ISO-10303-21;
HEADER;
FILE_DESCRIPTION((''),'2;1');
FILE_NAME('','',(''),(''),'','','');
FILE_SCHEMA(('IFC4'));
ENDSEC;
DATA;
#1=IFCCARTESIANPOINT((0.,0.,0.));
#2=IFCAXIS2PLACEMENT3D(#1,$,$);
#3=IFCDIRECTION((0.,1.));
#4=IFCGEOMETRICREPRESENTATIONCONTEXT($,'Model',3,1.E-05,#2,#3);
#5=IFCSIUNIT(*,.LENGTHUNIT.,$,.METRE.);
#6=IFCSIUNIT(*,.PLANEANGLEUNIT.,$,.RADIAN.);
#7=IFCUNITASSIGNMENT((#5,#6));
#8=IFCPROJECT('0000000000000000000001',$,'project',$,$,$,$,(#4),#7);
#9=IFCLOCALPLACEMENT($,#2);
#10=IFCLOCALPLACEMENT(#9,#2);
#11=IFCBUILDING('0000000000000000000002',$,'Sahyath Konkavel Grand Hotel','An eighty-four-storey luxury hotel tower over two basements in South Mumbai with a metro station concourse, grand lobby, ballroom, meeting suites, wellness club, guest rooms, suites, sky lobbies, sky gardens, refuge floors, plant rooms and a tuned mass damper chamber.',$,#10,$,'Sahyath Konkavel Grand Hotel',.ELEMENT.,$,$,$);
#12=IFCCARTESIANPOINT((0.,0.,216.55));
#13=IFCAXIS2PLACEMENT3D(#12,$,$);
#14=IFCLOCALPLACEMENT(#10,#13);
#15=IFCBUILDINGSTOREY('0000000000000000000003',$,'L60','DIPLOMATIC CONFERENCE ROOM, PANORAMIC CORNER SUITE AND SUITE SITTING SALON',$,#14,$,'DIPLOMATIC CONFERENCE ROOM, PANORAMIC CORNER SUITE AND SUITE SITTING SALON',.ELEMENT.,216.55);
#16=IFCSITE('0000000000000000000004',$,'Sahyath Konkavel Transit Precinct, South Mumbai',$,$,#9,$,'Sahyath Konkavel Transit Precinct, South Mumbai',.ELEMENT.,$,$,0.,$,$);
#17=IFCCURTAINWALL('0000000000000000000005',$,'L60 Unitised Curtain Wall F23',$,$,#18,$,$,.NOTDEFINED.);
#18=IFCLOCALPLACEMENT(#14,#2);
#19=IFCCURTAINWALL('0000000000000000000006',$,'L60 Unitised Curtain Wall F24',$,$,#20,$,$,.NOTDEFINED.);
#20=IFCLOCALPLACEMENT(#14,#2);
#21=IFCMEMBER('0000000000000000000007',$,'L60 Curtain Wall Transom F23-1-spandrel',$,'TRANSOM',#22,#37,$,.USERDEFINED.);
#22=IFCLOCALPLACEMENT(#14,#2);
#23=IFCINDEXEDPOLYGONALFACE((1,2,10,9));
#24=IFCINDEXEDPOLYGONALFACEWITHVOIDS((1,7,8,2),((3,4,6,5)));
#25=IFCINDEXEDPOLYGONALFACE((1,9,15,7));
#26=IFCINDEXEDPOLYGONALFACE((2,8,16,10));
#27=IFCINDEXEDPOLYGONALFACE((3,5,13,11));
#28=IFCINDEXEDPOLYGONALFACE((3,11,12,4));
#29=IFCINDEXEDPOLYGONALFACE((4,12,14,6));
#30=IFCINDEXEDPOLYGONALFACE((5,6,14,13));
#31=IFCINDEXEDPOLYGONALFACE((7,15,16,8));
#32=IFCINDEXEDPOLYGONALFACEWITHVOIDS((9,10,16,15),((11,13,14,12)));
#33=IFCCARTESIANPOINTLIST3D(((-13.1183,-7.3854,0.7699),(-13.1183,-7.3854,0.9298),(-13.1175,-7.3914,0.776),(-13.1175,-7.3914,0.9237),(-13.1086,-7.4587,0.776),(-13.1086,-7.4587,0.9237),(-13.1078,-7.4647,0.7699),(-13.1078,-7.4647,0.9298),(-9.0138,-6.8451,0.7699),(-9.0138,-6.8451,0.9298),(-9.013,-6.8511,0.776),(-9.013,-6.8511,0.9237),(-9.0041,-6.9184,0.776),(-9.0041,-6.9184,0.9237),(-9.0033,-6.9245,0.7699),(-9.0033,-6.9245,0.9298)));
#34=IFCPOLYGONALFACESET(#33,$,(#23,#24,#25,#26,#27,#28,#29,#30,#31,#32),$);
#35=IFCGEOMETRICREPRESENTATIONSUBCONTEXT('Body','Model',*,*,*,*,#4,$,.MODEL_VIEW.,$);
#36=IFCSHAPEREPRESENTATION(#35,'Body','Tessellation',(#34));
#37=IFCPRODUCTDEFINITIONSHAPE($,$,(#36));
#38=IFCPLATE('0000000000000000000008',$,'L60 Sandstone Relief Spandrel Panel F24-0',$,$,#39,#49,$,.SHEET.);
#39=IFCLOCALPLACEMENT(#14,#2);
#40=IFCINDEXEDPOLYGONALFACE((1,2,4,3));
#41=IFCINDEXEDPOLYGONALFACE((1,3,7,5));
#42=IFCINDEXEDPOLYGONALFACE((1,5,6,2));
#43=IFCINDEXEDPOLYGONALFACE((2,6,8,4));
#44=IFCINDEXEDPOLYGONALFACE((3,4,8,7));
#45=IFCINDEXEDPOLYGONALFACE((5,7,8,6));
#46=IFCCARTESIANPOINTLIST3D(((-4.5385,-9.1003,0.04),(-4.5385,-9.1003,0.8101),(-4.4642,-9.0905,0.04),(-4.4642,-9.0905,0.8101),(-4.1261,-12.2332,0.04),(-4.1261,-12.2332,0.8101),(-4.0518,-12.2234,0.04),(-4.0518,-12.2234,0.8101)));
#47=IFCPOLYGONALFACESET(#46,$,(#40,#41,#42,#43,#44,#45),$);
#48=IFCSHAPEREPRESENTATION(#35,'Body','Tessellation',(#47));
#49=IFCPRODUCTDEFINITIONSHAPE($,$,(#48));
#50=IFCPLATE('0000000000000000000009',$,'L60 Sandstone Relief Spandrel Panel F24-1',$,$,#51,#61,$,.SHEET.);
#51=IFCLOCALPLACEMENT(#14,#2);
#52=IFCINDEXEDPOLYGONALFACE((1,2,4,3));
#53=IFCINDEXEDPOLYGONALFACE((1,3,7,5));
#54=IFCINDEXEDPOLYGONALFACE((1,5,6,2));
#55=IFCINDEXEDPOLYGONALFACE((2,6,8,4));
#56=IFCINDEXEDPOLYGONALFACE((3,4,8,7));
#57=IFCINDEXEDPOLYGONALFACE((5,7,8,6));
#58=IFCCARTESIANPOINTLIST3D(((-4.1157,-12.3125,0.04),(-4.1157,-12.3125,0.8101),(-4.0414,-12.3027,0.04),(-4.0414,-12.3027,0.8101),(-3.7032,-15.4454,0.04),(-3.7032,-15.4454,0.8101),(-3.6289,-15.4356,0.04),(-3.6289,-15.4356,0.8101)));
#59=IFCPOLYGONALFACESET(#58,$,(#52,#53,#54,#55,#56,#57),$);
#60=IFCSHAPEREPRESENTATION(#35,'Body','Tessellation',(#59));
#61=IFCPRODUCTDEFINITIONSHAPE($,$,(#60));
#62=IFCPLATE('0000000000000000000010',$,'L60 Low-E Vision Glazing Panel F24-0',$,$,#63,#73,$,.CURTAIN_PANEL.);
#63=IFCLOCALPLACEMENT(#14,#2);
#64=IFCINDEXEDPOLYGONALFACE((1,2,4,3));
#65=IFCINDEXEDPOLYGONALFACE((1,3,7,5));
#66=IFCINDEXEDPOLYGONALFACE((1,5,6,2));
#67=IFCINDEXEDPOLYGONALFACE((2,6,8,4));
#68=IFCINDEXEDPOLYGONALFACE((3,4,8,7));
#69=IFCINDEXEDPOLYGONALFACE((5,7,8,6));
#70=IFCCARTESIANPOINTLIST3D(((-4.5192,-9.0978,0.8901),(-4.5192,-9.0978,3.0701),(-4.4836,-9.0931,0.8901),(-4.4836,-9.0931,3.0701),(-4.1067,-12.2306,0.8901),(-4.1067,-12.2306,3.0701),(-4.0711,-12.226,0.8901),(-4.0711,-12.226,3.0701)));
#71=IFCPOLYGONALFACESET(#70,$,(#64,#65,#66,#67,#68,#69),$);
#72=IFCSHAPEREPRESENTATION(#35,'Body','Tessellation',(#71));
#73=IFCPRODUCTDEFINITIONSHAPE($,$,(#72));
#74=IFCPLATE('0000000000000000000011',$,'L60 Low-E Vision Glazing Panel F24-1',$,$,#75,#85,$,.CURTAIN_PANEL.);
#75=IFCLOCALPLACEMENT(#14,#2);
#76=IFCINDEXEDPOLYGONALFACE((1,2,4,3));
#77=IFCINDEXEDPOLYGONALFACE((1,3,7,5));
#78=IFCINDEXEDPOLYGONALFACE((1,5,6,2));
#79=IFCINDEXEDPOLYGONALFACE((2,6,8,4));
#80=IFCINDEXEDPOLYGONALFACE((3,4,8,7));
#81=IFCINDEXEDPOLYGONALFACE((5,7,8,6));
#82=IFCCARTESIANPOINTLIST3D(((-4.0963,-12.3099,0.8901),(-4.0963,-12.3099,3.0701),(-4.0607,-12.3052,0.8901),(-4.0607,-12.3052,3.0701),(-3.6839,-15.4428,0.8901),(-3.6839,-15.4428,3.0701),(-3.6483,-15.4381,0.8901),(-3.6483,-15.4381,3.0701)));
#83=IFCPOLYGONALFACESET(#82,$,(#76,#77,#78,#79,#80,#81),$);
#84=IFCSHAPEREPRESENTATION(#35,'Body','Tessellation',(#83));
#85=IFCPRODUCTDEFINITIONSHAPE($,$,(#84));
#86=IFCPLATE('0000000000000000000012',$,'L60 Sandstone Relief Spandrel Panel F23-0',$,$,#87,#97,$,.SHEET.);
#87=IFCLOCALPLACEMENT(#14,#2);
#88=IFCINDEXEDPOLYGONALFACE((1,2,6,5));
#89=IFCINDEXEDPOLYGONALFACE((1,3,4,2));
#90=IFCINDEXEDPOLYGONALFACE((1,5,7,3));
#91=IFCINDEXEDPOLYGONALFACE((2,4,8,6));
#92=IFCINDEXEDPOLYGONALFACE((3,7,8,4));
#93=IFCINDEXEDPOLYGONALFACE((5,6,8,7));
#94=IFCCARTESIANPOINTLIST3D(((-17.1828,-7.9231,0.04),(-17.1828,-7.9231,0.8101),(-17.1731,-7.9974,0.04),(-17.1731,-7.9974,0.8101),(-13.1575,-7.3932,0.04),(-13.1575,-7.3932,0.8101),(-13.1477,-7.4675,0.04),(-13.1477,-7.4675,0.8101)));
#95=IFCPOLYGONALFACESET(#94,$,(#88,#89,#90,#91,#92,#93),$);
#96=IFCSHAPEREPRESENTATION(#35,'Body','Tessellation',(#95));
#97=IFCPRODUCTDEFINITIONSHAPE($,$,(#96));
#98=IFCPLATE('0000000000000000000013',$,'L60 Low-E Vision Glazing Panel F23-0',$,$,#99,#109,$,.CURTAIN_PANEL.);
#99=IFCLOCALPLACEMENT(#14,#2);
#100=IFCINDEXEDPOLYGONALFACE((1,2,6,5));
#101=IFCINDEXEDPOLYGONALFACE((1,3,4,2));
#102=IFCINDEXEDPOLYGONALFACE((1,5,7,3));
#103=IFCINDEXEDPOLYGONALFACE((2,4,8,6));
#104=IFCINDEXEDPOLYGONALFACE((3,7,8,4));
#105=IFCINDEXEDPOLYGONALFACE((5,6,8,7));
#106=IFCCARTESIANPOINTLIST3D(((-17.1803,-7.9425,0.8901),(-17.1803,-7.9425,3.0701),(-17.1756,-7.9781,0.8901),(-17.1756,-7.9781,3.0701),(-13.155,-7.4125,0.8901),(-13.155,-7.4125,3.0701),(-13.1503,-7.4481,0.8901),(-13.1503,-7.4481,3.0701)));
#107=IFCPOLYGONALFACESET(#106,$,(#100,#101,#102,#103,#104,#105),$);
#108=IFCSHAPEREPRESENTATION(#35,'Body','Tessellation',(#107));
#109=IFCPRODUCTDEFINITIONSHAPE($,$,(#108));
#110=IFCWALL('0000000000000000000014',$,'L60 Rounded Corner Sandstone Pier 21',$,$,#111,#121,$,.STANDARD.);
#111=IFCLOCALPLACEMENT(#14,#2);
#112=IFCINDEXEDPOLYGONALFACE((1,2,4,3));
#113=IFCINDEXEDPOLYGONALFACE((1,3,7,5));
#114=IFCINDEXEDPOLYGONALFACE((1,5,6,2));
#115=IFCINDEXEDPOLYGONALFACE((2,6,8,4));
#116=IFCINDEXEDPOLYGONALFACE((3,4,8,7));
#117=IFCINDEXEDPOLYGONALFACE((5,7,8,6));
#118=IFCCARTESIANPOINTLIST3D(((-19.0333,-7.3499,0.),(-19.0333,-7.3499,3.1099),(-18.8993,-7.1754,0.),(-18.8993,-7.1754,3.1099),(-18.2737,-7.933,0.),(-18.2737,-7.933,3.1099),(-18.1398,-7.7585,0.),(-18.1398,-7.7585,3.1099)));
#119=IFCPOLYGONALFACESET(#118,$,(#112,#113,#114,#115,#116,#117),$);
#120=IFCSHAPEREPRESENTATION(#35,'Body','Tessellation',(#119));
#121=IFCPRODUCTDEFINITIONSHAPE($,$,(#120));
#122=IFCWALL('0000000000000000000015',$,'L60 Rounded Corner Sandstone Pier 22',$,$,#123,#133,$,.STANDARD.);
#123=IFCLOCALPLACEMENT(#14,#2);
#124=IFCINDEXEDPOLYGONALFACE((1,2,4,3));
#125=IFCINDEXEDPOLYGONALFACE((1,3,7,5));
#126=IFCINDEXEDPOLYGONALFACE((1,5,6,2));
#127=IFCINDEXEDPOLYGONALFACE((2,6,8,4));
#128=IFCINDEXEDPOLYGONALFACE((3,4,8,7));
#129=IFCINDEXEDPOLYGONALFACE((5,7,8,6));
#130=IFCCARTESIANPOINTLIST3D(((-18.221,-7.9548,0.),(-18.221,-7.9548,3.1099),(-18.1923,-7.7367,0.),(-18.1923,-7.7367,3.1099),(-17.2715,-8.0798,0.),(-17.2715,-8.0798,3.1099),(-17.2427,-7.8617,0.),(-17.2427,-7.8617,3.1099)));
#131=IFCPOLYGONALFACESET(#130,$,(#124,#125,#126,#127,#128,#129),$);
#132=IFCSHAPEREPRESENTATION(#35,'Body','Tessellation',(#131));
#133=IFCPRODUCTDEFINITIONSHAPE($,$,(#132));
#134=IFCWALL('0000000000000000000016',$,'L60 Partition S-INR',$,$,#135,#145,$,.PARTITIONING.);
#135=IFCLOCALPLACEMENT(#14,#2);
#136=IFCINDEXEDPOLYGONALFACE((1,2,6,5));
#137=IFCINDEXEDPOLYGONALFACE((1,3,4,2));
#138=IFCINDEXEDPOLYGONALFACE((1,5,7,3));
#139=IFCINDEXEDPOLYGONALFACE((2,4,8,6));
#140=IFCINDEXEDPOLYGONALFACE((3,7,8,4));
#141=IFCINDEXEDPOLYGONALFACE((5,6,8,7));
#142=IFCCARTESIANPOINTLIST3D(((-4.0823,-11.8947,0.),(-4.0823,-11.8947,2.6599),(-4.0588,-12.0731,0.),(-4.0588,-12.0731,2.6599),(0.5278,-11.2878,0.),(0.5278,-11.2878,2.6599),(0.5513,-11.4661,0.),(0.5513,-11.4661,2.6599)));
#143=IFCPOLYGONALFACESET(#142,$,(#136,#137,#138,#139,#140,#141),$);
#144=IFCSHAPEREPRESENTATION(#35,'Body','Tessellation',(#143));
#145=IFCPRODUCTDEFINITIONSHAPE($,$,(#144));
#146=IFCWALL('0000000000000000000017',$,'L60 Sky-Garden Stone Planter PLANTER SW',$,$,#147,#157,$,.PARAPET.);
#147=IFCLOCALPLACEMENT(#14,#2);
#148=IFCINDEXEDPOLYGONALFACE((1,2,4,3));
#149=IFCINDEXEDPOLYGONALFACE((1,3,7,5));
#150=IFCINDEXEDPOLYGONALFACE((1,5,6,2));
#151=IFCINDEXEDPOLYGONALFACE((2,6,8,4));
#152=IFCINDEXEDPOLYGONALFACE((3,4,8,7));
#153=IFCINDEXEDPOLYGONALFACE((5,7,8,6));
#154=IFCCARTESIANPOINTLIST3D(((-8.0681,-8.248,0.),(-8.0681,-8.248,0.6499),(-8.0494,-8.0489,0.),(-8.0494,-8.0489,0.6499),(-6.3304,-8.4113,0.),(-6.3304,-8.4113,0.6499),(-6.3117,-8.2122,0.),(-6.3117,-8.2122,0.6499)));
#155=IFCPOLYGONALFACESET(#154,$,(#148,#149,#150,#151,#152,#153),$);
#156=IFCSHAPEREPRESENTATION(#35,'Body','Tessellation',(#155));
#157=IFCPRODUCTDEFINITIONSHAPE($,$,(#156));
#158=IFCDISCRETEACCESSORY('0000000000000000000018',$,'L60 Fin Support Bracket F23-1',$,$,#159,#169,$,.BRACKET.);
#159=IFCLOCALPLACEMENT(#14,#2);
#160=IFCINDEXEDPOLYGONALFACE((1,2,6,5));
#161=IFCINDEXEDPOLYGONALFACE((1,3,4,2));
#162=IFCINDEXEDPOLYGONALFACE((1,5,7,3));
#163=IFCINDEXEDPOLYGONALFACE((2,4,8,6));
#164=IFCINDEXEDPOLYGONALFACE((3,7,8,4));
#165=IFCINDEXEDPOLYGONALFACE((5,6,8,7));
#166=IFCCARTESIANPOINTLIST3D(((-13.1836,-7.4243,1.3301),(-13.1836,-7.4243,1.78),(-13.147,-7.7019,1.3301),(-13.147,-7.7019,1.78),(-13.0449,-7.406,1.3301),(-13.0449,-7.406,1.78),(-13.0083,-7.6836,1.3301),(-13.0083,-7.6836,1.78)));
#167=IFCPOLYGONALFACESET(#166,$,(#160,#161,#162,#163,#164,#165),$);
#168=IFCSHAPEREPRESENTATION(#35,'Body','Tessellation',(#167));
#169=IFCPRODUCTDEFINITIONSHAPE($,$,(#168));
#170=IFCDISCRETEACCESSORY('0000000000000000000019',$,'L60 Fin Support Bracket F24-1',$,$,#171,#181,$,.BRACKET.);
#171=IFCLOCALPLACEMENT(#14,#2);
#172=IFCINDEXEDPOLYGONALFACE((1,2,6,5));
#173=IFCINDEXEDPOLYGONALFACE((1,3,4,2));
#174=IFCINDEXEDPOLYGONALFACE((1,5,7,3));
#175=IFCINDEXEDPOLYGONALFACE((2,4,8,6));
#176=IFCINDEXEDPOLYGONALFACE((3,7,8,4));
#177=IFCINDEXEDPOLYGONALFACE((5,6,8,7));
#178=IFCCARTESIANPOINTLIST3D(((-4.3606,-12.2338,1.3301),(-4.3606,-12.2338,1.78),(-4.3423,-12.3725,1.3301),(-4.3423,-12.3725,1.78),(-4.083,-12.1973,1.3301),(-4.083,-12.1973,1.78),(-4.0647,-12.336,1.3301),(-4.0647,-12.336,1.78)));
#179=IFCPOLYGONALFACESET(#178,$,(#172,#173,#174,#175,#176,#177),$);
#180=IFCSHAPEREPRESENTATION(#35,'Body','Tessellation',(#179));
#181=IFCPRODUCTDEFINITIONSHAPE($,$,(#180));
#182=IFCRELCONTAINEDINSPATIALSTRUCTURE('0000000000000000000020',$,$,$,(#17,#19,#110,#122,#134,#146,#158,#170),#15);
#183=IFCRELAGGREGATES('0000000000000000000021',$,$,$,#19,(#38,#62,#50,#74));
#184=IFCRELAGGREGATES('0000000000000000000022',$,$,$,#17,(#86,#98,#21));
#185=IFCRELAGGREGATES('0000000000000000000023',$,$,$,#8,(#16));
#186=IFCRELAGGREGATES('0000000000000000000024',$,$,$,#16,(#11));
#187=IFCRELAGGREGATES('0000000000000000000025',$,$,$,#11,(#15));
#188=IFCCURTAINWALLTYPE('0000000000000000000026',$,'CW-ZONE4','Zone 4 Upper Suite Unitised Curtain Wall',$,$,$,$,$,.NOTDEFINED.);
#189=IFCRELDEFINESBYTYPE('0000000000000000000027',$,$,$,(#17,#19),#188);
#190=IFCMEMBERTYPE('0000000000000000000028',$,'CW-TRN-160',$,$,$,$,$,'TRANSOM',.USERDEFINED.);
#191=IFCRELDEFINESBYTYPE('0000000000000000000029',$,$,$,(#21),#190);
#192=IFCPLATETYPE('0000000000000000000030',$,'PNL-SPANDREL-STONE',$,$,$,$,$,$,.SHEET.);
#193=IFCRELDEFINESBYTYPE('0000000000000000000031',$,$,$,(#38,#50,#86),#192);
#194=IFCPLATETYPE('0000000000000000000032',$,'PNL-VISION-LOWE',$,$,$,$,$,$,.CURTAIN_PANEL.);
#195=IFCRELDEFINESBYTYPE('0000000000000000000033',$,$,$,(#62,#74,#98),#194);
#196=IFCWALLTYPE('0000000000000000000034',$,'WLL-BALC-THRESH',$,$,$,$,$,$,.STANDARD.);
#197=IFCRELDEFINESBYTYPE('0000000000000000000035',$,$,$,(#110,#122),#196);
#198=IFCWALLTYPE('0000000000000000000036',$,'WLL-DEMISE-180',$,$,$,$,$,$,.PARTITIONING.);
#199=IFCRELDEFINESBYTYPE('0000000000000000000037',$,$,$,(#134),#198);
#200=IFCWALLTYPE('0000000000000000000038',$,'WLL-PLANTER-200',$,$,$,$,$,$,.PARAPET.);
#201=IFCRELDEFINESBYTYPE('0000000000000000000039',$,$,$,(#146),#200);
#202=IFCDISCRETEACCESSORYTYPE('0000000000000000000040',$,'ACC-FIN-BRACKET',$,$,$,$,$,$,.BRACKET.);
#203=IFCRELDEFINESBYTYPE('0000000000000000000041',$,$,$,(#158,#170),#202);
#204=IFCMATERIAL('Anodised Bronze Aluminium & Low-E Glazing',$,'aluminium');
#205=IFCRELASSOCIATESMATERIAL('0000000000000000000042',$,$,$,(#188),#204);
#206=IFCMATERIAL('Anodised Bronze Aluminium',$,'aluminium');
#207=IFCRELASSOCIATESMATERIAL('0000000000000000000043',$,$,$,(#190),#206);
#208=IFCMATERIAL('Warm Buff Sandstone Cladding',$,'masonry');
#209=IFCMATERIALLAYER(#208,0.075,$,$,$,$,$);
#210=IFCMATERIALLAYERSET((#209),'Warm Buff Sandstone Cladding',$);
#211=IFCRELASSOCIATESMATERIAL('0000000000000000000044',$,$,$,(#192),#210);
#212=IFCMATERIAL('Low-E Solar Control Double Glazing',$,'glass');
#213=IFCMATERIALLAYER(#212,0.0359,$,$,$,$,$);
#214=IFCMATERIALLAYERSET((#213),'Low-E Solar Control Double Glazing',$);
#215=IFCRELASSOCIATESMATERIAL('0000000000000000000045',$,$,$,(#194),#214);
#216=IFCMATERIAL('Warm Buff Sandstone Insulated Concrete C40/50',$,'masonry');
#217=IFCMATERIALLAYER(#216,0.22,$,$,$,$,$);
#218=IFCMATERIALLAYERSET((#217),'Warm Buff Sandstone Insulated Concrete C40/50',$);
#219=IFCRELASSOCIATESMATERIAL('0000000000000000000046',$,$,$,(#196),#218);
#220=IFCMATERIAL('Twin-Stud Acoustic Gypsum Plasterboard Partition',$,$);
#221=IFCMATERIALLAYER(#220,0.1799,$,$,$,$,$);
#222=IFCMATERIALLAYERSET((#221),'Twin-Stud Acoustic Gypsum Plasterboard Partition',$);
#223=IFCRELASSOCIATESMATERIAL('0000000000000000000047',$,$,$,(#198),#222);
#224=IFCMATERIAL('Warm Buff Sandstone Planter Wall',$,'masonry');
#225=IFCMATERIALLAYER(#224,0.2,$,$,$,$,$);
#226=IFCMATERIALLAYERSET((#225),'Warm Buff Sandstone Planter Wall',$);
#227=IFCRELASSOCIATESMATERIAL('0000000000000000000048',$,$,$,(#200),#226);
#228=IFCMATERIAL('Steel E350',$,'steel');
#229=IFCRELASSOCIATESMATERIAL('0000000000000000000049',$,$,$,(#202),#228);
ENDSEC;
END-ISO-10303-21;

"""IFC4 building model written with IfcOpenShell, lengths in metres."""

from ifc_helpers import new_model, si_unit, direction, frame, frame_2d, origin, origin_2d, place, context, subcontext, project, spatial, rectangle, hollow_rectangle, extrude, source, transform, mapped, material, layer, layer_set, material_profile, profile_set, type_object, element, aggregate, save


model = new_model("IFC4")

# Units and contexts
model_context = context("Model", 3, precision=1e-05, world=origin(), true_north=direction((0.0, 1.0)))
body_context = subcontext(model_context, "Body", "Model", "MODEL_VIEW")
ifc_project = project(units=[si_unit("LENGTHUNIT", "METRE"), si_unit("PLANEANGLEUNIT", "RADIAN")], contexts=[model_context])

# Site, building, storey
site_placement = place(None, origin())
site = spatial("IfcSite", under=ifc_project, at=site_placement, Name="Sahyath Konkavel Transit Precinct, South Mumbai", LongName="Sahyath Konkavel Transit Precinct, South Mumbai", CompositionType="ELEMENT", RefElevation=0.0)
building_placement = place(site_placement, origin())
building = spatial("IfcBuilding", under=site, at=building_placement, Name="Sahyath Konkavel Grand Hotel", Description="An eighty-four-storey luxury hotel tower over two basements in South Mumbai with a metro station concourse, grand lobby, ballroom, meeting suites, wellness club, guest rooms, suites, sky lobbies, sky gardens, refuge floors, plant rooms and a tuned mass damper chamber.", LongName="Sahyath Konkavel Grand Hotel", CompositionType="ELEMENT")
storey_placement = place(building_placement, frame((0.0, 0.0, 216.55)))
storey = spatial("IfcBuildingStorey", under=building, at=storey_placement, Name="L60", Description="DIPLOMATIC CONFERENCE ROOM, PANORAMIC CORNER SUITE AND SUITE SITTING SALON", LongName="DIPLOMATIC CONFERENCE ROOM, PANORAMIC CORNER SUITE AND SUITE SITTING SALON", CompositionType="ELEMENT", Elevation=216.55)

# Shared definitions
ifc_material_1 = material(Name="Anodised Bronze Aluminium & Low-E Glazing", Category="aluminium")
curtain_wall_type = type_object("IfcCurtainWallType", Name="CW-ZONE4", Description="Zone 4 Upper Suite Unitised Curtain Wall", PredefinedType="NOTDEFINED", material=ifc_material_1)
ifc_material_2 = material(Name="Anodised Bronze Aluminium", Category="aluminium")

# Curtain walls
curtain_wall_1_placement = place(storey_placement, origin())
curtain_wall_1 = element("IfcCurtainWall", 1, at=curtain_wall_1_placement, inside=storey, type_object=curtain_wall_type, Name="L60 Unitised Curtain Wall F23", PredefinedType="NOTDEFINED")
curtain_wall_2_placement = place(storey_placement, origin())
curtain_wall_2 = element("IfcCurtainWall", 2, at=curtain_wall_2_placement, inside=storey, type_object=curtain_wall_type, Name="L60 Unitised Curtain Wall F24", PredefinedType="NOTDEFINED")

# Member
ifc_material_profile_1 = material_profile(ifc_material_2, hollow_rectangle(XDim=0.0801, YDim=0.1599, WallThickness=0.0061, at=origin_2d()), Name="RHS 160x80x6")
ifc_profile_set_1 = profile_set([ifc_material_profile_1], Name="Anodised Bronze Aluminium")
member_type_1 = type_object("IfcMemberType", Name="CW-TRN-160", ElementType="TRANSOM", PredefinedType="USERDEFINED", material=ifc_profile_set_1)
shared_shape_1 = source(origin(), body_context, "Body", "SweptSolid", [
    extrude(hollow_rectangle(XDim=0.0801, YDim=0.1599, WallThickness=0.0061, at=origin_2d()), origin(), (0.0, 0.0, 1.0), 4.1399),
])
member_1_placement = place(storey_placement, frame((-13.113, -7.425, 0.8499), z_axis=(0.991447, 0.130506, 0.0), x_axis=(-0.130506, 0.991447, 0.0)))
member_1 = element("IfcMember", 3, at=member_1_placement, type_object=member_type_1, Name="L60 Curtain Wall Transom F23-1-spandrel", ObjectType="TRANSOM", PredefinedType="USERDEFINED", context=body_context, shape_type="MappedRepresentation", body=[
    mapped(shared_shape_1, transform((0.0, 0.0, 0.0), scale=1.0)),
])

# Plates
ifc_material_3 = material(Name="Warm Buff Sandstone Cladding", Category="masonry")
ifc_layer_1 = layer(ifc_material_3, 0.075)
ifc_layer_set_1 = layer_set([ifc_layer_1], Name="Warm Buff Sandstone Cladding")
plate_type_1 = type_object("IfcPlateType", Name="PNL-SPANDREL-STONE", PredefinedType="SHEET", material=ifc_layer_set_1)
shared_shape_2 = source(origin(), body_context, "Body", "SweptSolid", [
    extrude(rectangle(XDim=3.1599, YDim=0.075, at=origin_2d()), origin(), (0.0, 0.0, 1.0), 0.77),
])
plate_1_placement = place(storey_placement, frame((-4.2952, -10.6619, 0.04), z_axis=(0.0, 0.0, 1.0), x_axis=(0.130526, -0.991445, 0.0)))
plate_1 = element("IfcPlate", 4, at=plate_1_placement, type_object=plate_type_1, Name="L60 Sandstone Relief Spandrel Panel F24-0", PredefinedType="SHEET", context=body_context, shape_type="MappedRepresentation", body=[
    mapped(shared_shape_2, transform((0.0, 0.0, 0.0), scale=1.0)),
])
plate_2_placement = place(storey_placement, frame((-3.8723, -13.874, 0.04), z_axis=(0.0, 0.0, 1.0), x_axis=(0.130526, -0.991445, 0.0)))
plate_2 = element("IfcPlate", 5, at=plate_2_placement, type_object=plate_type_1, Name="L60 Sandstone Relief Spandrel Panel F24-1", PredefinedType="SHEET", context=body_context, shape_type="MappedRepresentation", body=[
    mapped(shared_shape_2, transform((0.0, 0.0, 0.0), scale=1.0)),
])
ifc_material_4 = material(Name="Low-E Solar Control Double Glazing", Category="glass")
ifc_layer_2 = layer(ifc_material_4, 0.0359)
ifc_layer_set_2 = layer_set([ifc_layer_2], Name="Low-E Solar Control Double Glazing")
plate_type_2 = type_object("IfcPlateType", Name="PNL-VISION-LOWE", PredefinedType="CURTAIN_PANEL", material=ifc_layer_set_2)
shared_shape_3 = source(origin(), body_context, "Body", "SweptSolid", [
    extrude(rectangle(XDim=3.1599, YDim=0.0359, at=origin_2d()), origin(), (0.0, 0.0, 1.0), 2.1799),
])
plate_3_placement = place(storey_placement, frame((-4.2952, -10.6619, 0.8901), z_axis=(0.0, 0.0, 1.0), x_axis=(0.130526, -0.991445, 0.0)))
plate_3 = element("IfcPlate", 6, at=plate_3_placement, type_object=plate_type_2, Name="L60 Low-E Vision Glazing Panel F24-0", PredefinedType="CURTAIN_PANEL", context=body_context, shape_type="MappedRepresentation", body=[
    mapped(shared_shape_3, transform((0.0, 0.0, 0.0), scale=1.0)),
])
plate_4_placement = place(storey_placement, frame((-3.8723, -13.874, 0.8901), z_axis=(0.0, 0.0, 1.0), x_axis=(0.130526, -0.991445, 0.0)))
plate_4 = element("IfcPlate", 7, at=plate_4_placement, type_object=plate_type_2, Name="L60 Low-E Vision Glazing Panel F24-1", PredefinedType="CURTAIN_PANEL", context=body_context, shape_type="MappedRepresentation", body=[
    mapped(shared_shape_3, transform((0.0, 0.0, 0.0), scale=1.0)),
])
aggregate(curtain_wall_2, [plate_1, plate_3, plate_2, plate_4])
shared_shape_4 = source(origin(), body_context, "Body", "SweptSolid", [
    extrude(rectangle(XDim=4.0601, YDim=0.075, at=origin_2d()), origin(), (0.0, 0.0, 1.0), 0.77),
])
plate_5_placement = place(storey_placement, frame((-15.1653, -7.6953, 0.04), z_axis=(0.0, 0.0, 1.0), x_axis=(0.991445, 0.130526, 0.0)))
plate_5 = element("IfcPlate", 8, at=plate_5_placement, type_object=plate_type_1, Name="L60 Sandstone Relief Spandrel Panel F23-0", PredefinedType="SHEET", context=body_context, shape_type="MappedRepresentation", body=[
    mapped(shared_shape_4, transform((0.0, 0.0, 0.0), scale=1.0)),
])
shared_shape_5 = source(origin(), body_context, "Body", "SweptSolid", [
    extrude(rectangle(XDim=4.0601, YDim=0.0359, at=origin_2d()), origin(), (0.0, 0.0, 1.0), 2.1799),
])
plate_6_placement = place(storey_placement, frame((-15.1653, -7.6953, 0.8901), z_axis=(0.0, 0.0, 1.0), x_axis=(0.991445, 0.130526, 0.0)))
plate_6 = element("IfcPlate", 9, at=plate_6_placement, type_object=plate_type_2, Name="L60 Low-E Vision Glazing Panel F23-0", PredefinedType="CURTAIN_PANEL", context=body_context, shape_type="MappedRepresentation", body=[
    mapped(shared_shape_5, transform((0.0, 0.0, 0.0), scale=1.0)),
])
aggregate(curtain_wall_1, [plate_5, plate_6, member_1])

# Walls
ifc_material_5 = material(Name="Warm Buff Sandstone Insulated Concrete C40/50", Category="masonry")
ifc_layer_3 = layer(ifc_material_5, 0.22)
ifc_layer_set_3 = layer_set([ifc_layer_3], Name="Warm Buff Sandstone Insulated Concrete C40/50")
wall_type_1 = type_object("IfcWallType", Name="WLL-BALC-THRESH", PredefinedType="STANDARD", material=ifc_layer_set_3)
wall_1_placement = place(storey_placement, frame((-18.9663, -7.2627, 0.0), z_axis=(0.0, 0.0, 1.0), x_axis=(0.793249, -0.608897, 0.0)))
element("IfcWall", 10, at=wall_1_placement, inside=storey, type_object=wall_type_1, Name="L60 Rounded Corner Sandstone Pier 21", PredefinedType="STANDARD", context=body_context, shape_type="SweptSolid", body=[
    extrude(rectangle(XDim=0.9575, YDim=0.22, at=frame_2d((0.4788, 0.0))), origin(), (0.0, 0.0, 1.0), 3.1099),
])
wall_2_placement = place(storey_placement, frame((-18.2068, -7.8457, 0.0), z_axis=(0.0, 0.0, 1.0), x_axis=(0.991445, -0.130527, 0.0)))
element("IfcWall", 11, at=wall_2_placement, inside=storey, type_object=wall_type_1, Name="L60 Rounded Corner Sandstone Pier 22", PredefinedType="STANDARD", context=body_context, shape_type="SweptSolid", body=[
    extrude(rectangle(XDim=0.9578, YDim=0.22, at=frame_2d((0.479, 0.0))), origin(), (0.0, 0.0, 1.0), 3.1099),
])
ifc_material_6 = material(Name="Twin-Stud Acoustic Gypsum Plasterboard Partition")
ifc_layer_4 = layer(ifc_material_6, 0.1799)
ifc_layer_set_4 = layer_set([ifc_layer_4], Name="Twin-Stud Acoustic Gypsum Plasterboard Partition")
wall_type_2 = type_object("IfcWallType", Name="WLL-DEMISE-180", PredefinedType="PARTITIONING", material=ifc_layer_set_4)
wall_3_placement = place(storey_placement, frame((-4.0706, -11.9839, 0.0), z_axis=(0.0, 0.0, 1.0), x_axis=(0.991445, 0.130526, 0.0)))
element("IfcWall", 12, at=wall_3_placement, inside=storey, type_object=wall_type_2, Name="L60 Partition S-INR", PredefinedType="PARTITIONING", context=body_context, shape_type="SweptSolid", body=[
    extrude(rectangle(XDim=4.6499, YDim=0.1799, at=frame_2d((2.325, 0.0))), origin(), (0.0, 0.0, 1.0), 2.6599),
])
ifc_material_7 = material(Name="Warm Buff Sandstone Planter Wall", Category="masonry")
ifc_layer_5 = layer(ifc_material_7, 0.2)
ifc_layer_set_5 = layer_set([ifc_layer_5], Name="Warm Buff Sandstone Planter Wall")
wall_type_3 = type_object("IfcWallType", Name="WLL-PLANTER-200", PredefinedType="PARAPET", material=ifc_layer_set_5)
wall_4_placement = place(storey_placement, frame((-8.0586, -8.1484, 0.0), z_axis=(0.0, 0.0, 1.0), x_axis=(0.995612, -0.093575, 0.0)))
element("IfcWall", 13, at=wall_4_placement, inside=storey, type_object=wall_type_3, Name="L60 Sky-Garden Stone Planter PLANTER SW", PredefinedType="PARAPET", context=body_context, shape_type="SweptSolid", body=[
    extrude(rectangle(XDim=1.7454, YDim=0.2, at=frame_2d((0.8726, 0.0))), origin(), (0.0, 0.0, 1.0), 0.6499),
])

# Discrete accessories
ifc_material_8 = material(Name="Steel E350", Category="steel")
discrete_accessory_type = type_object("IfcDiscreteAccessoryType", Name="ACC-FIN-BRACKET", PredefinedType="BRACKET", material=ifc_material_8)
shared_shape_6 = source(origin(), body_context, "Body", "SweptSolid", [
    extrude(rectangle(XDim=0.28, YDim=0.1399, at=origin_2d()), origin(), (0.0, 0.0, 1.0), 0.45),
])
for number, where, z_axis, x_axis, name in (
    (14, (-13.0959, -7.554, 1.3301), (0.0, 0.0, 1.0), (0.130526, -0.991445, 0.0), "L60 Fin Support Bracket F23-1"),
    (15, (-4.2126, -12.2849, 1.3301), (0.0, 0.0, 1.0), (-0.991445, -0.130526, 0.0), "L60 Fin Support Bracket F24-1"),
):
    element("IfcDiscreteAccessory", number, at=place(storey_placement, frame(where, z_axis=z_axis, x_axis=x_axis)), inside=storey, type_object=discrete_accessory_type, Name=name, PredefinedType="BRACKET", context=body_context, shape_type="MappedRepresentation", body=[
        mapped(shared_shape_6, transform((0.0, 0.0, 0.0), scale=1.0)),
    ])

save(model, "model.ifc")
